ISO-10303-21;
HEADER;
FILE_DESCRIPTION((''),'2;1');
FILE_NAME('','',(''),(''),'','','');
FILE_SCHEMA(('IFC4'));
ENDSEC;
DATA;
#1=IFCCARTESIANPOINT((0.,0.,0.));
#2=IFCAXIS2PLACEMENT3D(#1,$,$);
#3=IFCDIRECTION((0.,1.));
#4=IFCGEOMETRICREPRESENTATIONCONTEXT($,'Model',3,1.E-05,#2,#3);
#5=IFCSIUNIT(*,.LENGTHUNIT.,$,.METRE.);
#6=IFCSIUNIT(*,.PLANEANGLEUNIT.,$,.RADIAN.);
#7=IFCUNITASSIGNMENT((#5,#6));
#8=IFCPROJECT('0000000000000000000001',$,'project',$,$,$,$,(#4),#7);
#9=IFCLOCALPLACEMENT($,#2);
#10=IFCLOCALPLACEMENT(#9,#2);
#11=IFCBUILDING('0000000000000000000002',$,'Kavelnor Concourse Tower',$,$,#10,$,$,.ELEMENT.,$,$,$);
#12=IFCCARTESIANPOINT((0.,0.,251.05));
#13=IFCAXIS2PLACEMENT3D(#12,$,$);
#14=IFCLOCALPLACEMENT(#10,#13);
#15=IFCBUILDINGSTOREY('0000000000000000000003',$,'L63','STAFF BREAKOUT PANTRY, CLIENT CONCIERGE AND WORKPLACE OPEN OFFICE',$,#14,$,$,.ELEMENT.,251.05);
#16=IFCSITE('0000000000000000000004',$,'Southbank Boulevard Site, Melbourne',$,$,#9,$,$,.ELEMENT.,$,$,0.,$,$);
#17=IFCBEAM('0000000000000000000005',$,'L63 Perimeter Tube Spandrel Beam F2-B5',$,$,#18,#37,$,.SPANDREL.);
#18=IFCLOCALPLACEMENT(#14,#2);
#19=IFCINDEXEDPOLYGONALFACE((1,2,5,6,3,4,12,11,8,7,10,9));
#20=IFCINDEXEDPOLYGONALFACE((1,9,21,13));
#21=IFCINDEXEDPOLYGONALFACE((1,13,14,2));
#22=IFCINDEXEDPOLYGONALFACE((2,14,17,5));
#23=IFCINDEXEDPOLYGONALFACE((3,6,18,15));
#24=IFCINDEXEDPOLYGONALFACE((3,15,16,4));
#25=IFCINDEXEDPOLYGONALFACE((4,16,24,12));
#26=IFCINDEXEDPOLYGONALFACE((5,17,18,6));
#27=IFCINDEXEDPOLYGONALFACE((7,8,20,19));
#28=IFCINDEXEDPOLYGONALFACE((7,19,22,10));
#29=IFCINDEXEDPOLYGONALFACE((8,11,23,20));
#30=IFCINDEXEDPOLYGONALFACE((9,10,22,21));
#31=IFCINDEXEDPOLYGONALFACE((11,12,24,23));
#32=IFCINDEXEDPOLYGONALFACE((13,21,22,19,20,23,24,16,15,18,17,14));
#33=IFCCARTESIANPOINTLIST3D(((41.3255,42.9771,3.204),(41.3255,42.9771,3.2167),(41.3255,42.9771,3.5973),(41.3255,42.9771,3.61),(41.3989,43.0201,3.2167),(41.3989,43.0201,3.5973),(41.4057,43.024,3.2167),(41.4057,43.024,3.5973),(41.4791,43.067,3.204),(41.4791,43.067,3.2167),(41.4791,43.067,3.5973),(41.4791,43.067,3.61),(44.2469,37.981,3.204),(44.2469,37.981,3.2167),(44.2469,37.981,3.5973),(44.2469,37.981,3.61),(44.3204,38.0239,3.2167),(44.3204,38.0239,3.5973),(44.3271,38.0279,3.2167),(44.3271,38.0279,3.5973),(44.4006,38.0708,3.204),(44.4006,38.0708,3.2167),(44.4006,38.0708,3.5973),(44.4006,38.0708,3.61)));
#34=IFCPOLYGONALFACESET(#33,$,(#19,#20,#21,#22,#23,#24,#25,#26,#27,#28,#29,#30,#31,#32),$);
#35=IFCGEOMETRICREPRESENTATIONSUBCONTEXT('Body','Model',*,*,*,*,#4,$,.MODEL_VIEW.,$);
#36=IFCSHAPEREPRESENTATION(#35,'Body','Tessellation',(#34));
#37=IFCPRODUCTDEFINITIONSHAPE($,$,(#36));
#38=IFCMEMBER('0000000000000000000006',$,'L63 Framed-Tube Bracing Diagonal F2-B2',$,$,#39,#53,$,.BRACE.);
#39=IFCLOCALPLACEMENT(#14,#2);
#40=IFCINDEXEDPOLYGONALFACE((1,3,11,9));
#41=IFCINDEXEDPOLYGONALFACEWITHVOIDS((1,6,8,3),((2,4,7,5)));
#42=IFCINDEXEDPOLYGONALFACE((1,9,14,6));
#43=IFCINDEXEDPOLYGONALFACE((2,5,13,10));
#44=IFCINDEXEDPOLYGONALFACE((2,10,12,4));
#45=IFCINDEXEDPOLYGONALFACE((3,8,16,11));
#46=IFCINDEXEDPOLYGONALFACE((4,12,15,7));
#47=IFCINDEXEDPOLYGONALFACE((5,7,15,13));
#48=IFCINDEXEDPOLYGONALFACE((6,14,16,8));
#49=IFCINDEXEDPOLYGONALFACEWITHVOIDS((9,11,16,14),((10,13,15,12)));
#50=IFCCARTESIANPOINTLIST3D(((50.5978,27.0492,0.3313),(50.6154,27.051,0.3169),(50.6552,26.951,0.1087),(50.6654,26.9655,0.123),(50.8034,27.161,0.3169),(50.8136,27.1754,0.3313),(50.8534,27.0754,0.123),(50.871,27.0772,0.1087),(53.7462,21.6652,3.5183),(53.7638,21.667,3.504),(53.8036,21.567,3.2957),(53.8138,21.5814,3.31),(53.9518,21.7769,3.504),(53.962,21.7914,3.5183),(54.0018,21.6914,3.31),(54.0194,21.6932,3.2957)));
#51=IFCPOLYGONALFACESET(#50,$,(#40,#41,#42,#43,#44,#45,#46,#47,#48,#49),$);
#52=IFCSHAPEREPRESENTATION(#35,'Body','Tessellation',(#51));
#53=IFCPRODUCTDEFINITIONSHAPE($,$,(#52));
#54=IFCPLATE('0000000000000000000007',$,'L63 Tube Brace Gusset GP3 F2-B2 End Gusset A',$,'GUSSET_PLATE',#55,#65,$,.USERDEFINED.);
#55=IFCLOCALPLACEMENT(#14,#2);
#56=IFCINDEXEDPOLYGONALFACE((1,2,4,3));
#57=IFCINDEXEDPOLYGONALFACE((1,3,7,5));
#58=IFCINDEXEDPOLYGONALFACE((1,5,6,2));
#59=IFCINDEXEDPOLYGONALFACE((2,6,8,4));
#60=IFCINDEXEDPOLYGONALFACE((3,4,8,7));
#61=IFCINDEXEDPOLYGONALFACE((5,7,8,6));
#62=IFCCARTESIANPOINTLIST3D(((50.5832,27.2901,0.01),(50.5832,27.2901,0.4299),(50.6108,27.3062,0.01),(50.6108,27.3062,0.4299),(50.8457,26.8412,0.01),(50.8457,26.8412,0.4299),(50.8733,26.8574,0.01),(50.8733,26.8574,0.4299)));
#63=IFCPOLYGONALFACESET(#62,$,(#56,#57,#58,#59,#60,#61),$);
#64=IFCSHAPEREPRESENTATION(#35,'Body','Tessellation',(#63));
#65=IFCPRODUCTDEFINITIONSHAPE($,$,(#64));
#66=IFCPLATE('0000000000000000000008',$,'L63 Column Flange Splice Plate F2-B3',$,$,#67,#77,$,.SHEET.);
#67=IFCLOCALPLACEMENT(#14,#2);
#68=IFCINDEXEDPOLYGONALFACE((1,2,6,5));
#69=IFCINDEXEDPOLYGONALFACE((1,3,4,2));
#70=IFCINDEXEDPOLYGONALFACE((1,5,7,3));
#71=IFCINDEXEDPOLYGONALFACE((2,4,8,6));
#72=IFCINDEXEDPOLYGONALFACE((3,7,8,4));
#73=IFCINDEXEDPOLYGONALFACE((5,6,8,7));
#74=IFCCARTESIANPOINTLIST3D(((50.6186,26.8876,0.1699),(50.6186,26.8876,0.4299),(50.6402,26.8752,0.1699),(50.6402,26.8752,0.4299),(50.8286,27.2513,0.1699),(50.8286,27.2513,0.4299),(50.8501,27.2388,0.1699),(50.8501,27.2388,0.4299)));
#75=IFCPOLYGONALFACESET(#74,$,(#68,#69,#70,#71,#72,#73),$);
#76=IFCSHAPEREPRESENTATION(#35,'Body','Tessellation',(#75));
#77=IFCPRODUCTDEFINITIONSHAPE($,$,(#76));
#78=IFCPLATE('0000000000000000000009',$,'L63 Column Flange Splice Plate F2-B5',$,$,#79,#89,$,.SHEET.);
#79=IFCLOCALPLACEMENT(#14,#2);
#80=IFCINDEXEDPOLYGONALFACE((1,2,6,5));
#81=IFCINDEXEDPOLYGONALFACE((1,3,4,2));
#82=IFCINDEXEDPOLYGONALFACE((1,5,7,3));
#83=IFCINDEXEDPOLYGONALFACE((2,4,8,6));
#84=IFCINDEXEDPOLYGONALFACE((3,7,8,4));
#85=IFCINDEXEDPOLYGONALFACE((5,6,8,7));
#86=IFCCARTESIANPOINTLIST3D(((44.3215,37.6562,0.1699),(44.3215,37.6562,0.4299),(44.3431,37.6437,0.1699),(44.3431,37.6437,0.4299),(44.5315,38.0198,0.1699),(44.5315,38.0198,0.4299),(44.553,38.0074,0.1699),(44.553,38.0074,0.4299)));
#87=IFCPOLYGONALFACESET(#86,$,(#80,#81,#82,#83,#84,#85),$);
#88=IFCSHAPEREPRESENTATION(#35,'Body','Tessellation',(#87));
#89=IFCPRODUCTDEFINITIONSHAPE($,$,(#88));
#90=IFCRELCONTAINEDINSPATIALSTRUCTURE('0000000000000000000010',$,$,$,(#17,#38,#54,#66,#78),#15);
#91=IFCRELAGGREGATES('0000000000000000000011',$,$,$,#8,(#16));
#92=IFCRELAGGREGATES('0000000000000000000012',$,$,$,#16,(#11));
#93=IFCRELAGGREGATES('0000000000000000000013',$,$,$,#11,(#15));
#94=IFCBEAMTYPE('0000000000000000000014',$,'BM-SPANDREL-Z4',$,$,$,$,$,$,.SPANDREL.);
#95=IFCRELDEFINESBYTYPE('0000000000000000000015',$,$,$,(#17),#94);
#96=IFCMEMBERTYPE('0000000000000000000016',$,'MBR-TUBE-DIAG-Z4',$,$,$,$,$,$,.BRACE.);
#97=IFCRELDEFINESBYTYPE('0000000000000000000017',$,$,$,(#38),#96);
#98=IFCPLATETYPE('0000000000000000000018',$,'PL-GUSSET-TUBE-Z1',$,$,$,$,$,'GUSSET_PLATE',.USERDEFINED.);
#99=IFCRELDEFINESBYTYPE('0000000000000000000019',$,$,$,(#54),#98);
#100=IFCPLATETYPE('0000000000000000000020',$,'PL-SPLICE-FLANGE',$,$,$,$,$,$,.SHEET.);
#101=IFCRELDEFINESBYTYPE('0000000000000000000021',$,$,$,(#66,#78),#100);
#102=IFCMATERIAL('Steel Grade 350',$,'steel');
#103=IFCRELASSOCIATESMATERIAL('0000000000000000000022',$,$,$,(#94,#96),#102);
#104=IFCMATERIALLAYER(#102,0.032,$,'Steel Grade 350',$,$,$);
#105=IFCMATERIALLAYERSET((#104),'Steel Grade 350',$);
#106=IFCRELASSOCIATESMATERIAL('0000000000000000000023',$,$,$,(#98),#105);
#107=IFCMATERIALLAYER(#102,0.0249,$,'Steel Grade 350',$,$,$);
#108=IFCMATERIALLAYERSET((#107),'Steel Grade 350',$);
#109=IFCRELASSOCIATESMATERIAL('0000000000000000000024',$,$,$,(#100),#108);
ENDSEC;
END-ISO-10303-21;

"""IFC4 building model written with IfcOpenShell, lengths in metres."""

from ifc_helpers import new_model, si_unit, direction, frame, origin, origin_2d, place, context, subcontext, project, spatial, rectangle, hollow_rectangle, i_section, extrude, material, layer, layer_set, material_profile, profile_set, type_object, element, save


model = new_model("IFC4")

# Units and contexts
model_context = context("Model", 3, precision=1e-05, world=origin(), true_north=direction((0.0, 1.0)))
body_context = subcontext(model_context, "Body", "Model", "MODEL_VIEW")
ifc_project = project(units=[si_unit("LENGTHUNIT", "METRE"), si_unit("PLANEANGLEUNIT", "RADIAN")], contexts=[model_context])

# Site, building, storey
site_placement = place(None, origin())
site = spatial("IfcSite", under=ifc_project, at=site_placement, Name="Southbank Boulevard Site, Melbourne", CompositionType="ELEMENT", RefElevation=0.0)
building_placement = place(site_placement, origin())
building = spatial("IfcBuilding", under=site, at=building_placement, Name="Kavelnor Concourse Tower", CompositionType="ELEMENT")
storey_placement = place(building_placement, frame((0.0, 0.0, 251.05)))
storey = spatial("IfcBuildingStorey", under=building, at=storey_placement, Name="L63", Description="STAFF BREAKOUT PANTRY, CLIENT CONCIERGE AND WORKPLACE OPEN OFFICE", CompositionType="ELEMENT", Elevation=251.05)

# Shared definitions
ifc_material_1 = material(Name="Steel Grade 350", Category="steel")

# Beam
ifc_material_profile_1 = material_profile(ifc_material_1, i_section(OverallWidth=0.178, OverallDepth=0.406, WebThickness=0.0078, FlangeThickness=0.0127, at=origin_2d()), Name="410UB59")
ifc_profile_set_1 = profile_set([ifc_material_profile_1], Name="Steel Grade 350")
beam_type_1 = type_object("IfcBeamType", Name="BM-SPANDREL-Z4", PredefinedType="SPANDREL", material=ifc_profile_set_1)
beam_1_placement = place(storey_placement, frame((44.3237, 38.0259, 3.407), z_axis=(-0.504773, 0.863252, 0.0), x_axis=(-0.863252, -0.504773, 0.0)))
element("IfcBeam", 1, at=beam_1_placement, inside=storey, type_object=beam_type_1, Name="L63 Perimeter Tube Spandrel Beam F2-B5", PredefinedType="SPANDREL", context=body_context, shape_type="SweptSolid", body=[
    extrude(i_section(OverallWidth=0.178, OverallDepth=0.406, WebThickness=0.0078, FlangeThickness=0.0127, at=origin_2d()), origin(), (0.0, 0.0, 1.0), 5.7876),
])

# Member
ifc_material_profile_2 = material_profile(ifc_material_1, hollow_rectangle(XDim=0.25, YDim=0.25, WallThickness=0.0161, at=origin_2d()), Name="SHS 250x250x16")
ifc_profile_set_2 = profile_set([ifc_material_profile_2], Name="Steel Grade 350")
member_type = type_object("IfcMemberType", Name="MBR-TUBE-DIAG-Z4", PredefinedType="BRACE", material=ifc_profile_set_2)
member_placement = place(storey_placement, frame((50.7344, 27.0632, 0.22), z_axis=(0.449513, -0.768697, 0.45502), x_axis=(0.863237, 0.504798, 0.0)))
element("IfcMember", 2, at=member_placement, inside=storey, type_object=member_type, Name="L63 Framed-Tube Bracing Diagonal F2-B2", PredefinedType="BRACE", context=body_context, shape_type="SweptSolid", body=[
    extrude(hollow_rectangle(XDim=0.25, YDim=0.25, WallThickness=0.0161, at=origin_2d()), origin(), (0.0, 0.0, 1.0), 7.0042),
])

# Plates
ifc_layer_1 = layer(ifc_material_1, 0.032, Name="Steel Grade 350")
ifc_layer_set_1 = layer_set([ifc_layer_1], Name="Steel Grade 350")
plate_type_1 = type_object("IfcPlateType", Name="PL-GUSSET-TUBE-Z1", ElementType="GUSSET_PLATE", PredefinedType="USERDEFINED", material=ifc_layer_set_1)
plate_placement = place(storey_placement, frame((50.7283, 27.0737, 0.01), z_axis=(0.0, 0.0, 1.0), x_axis=(0.504829, -0.863219, 0.0)))
element("IfcPlate", 3, at=plate_placement, inside=storey, type_object=plate_type_1, Name="L63 Tube Brace Gusset GP3 F2-B2 End Gusset A", ObjectType="GUSSET_PLATE", PredefinedType="USERDEFINED", context=body_context, shape_type="SweptSolid", body=[
    extrude(rectangle(XDim=0.52, YDim=0.032, at=origin_2d()), origin(), (0.0, 0.0, 1.0), 0.4199),
])
ifc_layer_2 = layer(ifc_material_1, 0.0249, Name="Steel Grade 350")
ifc_layer_set_2 = layer_set([ifc_layer_2], Name="Steel Grade 350")
plate_type_2 = type_object("IfcPlateType", Name="PL-SPLICE-FLANGE", PredefinedType="SHEET", material=ifc_layer_set_2)
for number, where, z_axis, x_axis, name in (
    (4, (50.7344, 27.0632, 0.1699), (0.0, 0.0, 1.0), (-0.5, -0.866025, 0.0), "L63 Column Flange Splice Plate F2-B3"),
    (5, (44.4373, 37.8318, 0.1699), (0.0, 0.0, 1.0), (-0.5, -0.866025, 0.0), "L63 Column Flange Splice Plate F2-B5"),
):
    element("IfcPlate", number, at=place(storey_placement, frame(where, z_axis=z_axis, x_axis=x_axis)), inside=storey, type_object=plate_type_2, Name=name, PredefinedType="SHEET", context=body_context, shape_type="SweptSolid", body=[
        extrude(rectangle(XDim=0.4199, YDim=0.0249, at=origin_2d()), origin(), (0.0, 0.0, 1.0), 0.26),
    ])

save(model, "model.ifc")
